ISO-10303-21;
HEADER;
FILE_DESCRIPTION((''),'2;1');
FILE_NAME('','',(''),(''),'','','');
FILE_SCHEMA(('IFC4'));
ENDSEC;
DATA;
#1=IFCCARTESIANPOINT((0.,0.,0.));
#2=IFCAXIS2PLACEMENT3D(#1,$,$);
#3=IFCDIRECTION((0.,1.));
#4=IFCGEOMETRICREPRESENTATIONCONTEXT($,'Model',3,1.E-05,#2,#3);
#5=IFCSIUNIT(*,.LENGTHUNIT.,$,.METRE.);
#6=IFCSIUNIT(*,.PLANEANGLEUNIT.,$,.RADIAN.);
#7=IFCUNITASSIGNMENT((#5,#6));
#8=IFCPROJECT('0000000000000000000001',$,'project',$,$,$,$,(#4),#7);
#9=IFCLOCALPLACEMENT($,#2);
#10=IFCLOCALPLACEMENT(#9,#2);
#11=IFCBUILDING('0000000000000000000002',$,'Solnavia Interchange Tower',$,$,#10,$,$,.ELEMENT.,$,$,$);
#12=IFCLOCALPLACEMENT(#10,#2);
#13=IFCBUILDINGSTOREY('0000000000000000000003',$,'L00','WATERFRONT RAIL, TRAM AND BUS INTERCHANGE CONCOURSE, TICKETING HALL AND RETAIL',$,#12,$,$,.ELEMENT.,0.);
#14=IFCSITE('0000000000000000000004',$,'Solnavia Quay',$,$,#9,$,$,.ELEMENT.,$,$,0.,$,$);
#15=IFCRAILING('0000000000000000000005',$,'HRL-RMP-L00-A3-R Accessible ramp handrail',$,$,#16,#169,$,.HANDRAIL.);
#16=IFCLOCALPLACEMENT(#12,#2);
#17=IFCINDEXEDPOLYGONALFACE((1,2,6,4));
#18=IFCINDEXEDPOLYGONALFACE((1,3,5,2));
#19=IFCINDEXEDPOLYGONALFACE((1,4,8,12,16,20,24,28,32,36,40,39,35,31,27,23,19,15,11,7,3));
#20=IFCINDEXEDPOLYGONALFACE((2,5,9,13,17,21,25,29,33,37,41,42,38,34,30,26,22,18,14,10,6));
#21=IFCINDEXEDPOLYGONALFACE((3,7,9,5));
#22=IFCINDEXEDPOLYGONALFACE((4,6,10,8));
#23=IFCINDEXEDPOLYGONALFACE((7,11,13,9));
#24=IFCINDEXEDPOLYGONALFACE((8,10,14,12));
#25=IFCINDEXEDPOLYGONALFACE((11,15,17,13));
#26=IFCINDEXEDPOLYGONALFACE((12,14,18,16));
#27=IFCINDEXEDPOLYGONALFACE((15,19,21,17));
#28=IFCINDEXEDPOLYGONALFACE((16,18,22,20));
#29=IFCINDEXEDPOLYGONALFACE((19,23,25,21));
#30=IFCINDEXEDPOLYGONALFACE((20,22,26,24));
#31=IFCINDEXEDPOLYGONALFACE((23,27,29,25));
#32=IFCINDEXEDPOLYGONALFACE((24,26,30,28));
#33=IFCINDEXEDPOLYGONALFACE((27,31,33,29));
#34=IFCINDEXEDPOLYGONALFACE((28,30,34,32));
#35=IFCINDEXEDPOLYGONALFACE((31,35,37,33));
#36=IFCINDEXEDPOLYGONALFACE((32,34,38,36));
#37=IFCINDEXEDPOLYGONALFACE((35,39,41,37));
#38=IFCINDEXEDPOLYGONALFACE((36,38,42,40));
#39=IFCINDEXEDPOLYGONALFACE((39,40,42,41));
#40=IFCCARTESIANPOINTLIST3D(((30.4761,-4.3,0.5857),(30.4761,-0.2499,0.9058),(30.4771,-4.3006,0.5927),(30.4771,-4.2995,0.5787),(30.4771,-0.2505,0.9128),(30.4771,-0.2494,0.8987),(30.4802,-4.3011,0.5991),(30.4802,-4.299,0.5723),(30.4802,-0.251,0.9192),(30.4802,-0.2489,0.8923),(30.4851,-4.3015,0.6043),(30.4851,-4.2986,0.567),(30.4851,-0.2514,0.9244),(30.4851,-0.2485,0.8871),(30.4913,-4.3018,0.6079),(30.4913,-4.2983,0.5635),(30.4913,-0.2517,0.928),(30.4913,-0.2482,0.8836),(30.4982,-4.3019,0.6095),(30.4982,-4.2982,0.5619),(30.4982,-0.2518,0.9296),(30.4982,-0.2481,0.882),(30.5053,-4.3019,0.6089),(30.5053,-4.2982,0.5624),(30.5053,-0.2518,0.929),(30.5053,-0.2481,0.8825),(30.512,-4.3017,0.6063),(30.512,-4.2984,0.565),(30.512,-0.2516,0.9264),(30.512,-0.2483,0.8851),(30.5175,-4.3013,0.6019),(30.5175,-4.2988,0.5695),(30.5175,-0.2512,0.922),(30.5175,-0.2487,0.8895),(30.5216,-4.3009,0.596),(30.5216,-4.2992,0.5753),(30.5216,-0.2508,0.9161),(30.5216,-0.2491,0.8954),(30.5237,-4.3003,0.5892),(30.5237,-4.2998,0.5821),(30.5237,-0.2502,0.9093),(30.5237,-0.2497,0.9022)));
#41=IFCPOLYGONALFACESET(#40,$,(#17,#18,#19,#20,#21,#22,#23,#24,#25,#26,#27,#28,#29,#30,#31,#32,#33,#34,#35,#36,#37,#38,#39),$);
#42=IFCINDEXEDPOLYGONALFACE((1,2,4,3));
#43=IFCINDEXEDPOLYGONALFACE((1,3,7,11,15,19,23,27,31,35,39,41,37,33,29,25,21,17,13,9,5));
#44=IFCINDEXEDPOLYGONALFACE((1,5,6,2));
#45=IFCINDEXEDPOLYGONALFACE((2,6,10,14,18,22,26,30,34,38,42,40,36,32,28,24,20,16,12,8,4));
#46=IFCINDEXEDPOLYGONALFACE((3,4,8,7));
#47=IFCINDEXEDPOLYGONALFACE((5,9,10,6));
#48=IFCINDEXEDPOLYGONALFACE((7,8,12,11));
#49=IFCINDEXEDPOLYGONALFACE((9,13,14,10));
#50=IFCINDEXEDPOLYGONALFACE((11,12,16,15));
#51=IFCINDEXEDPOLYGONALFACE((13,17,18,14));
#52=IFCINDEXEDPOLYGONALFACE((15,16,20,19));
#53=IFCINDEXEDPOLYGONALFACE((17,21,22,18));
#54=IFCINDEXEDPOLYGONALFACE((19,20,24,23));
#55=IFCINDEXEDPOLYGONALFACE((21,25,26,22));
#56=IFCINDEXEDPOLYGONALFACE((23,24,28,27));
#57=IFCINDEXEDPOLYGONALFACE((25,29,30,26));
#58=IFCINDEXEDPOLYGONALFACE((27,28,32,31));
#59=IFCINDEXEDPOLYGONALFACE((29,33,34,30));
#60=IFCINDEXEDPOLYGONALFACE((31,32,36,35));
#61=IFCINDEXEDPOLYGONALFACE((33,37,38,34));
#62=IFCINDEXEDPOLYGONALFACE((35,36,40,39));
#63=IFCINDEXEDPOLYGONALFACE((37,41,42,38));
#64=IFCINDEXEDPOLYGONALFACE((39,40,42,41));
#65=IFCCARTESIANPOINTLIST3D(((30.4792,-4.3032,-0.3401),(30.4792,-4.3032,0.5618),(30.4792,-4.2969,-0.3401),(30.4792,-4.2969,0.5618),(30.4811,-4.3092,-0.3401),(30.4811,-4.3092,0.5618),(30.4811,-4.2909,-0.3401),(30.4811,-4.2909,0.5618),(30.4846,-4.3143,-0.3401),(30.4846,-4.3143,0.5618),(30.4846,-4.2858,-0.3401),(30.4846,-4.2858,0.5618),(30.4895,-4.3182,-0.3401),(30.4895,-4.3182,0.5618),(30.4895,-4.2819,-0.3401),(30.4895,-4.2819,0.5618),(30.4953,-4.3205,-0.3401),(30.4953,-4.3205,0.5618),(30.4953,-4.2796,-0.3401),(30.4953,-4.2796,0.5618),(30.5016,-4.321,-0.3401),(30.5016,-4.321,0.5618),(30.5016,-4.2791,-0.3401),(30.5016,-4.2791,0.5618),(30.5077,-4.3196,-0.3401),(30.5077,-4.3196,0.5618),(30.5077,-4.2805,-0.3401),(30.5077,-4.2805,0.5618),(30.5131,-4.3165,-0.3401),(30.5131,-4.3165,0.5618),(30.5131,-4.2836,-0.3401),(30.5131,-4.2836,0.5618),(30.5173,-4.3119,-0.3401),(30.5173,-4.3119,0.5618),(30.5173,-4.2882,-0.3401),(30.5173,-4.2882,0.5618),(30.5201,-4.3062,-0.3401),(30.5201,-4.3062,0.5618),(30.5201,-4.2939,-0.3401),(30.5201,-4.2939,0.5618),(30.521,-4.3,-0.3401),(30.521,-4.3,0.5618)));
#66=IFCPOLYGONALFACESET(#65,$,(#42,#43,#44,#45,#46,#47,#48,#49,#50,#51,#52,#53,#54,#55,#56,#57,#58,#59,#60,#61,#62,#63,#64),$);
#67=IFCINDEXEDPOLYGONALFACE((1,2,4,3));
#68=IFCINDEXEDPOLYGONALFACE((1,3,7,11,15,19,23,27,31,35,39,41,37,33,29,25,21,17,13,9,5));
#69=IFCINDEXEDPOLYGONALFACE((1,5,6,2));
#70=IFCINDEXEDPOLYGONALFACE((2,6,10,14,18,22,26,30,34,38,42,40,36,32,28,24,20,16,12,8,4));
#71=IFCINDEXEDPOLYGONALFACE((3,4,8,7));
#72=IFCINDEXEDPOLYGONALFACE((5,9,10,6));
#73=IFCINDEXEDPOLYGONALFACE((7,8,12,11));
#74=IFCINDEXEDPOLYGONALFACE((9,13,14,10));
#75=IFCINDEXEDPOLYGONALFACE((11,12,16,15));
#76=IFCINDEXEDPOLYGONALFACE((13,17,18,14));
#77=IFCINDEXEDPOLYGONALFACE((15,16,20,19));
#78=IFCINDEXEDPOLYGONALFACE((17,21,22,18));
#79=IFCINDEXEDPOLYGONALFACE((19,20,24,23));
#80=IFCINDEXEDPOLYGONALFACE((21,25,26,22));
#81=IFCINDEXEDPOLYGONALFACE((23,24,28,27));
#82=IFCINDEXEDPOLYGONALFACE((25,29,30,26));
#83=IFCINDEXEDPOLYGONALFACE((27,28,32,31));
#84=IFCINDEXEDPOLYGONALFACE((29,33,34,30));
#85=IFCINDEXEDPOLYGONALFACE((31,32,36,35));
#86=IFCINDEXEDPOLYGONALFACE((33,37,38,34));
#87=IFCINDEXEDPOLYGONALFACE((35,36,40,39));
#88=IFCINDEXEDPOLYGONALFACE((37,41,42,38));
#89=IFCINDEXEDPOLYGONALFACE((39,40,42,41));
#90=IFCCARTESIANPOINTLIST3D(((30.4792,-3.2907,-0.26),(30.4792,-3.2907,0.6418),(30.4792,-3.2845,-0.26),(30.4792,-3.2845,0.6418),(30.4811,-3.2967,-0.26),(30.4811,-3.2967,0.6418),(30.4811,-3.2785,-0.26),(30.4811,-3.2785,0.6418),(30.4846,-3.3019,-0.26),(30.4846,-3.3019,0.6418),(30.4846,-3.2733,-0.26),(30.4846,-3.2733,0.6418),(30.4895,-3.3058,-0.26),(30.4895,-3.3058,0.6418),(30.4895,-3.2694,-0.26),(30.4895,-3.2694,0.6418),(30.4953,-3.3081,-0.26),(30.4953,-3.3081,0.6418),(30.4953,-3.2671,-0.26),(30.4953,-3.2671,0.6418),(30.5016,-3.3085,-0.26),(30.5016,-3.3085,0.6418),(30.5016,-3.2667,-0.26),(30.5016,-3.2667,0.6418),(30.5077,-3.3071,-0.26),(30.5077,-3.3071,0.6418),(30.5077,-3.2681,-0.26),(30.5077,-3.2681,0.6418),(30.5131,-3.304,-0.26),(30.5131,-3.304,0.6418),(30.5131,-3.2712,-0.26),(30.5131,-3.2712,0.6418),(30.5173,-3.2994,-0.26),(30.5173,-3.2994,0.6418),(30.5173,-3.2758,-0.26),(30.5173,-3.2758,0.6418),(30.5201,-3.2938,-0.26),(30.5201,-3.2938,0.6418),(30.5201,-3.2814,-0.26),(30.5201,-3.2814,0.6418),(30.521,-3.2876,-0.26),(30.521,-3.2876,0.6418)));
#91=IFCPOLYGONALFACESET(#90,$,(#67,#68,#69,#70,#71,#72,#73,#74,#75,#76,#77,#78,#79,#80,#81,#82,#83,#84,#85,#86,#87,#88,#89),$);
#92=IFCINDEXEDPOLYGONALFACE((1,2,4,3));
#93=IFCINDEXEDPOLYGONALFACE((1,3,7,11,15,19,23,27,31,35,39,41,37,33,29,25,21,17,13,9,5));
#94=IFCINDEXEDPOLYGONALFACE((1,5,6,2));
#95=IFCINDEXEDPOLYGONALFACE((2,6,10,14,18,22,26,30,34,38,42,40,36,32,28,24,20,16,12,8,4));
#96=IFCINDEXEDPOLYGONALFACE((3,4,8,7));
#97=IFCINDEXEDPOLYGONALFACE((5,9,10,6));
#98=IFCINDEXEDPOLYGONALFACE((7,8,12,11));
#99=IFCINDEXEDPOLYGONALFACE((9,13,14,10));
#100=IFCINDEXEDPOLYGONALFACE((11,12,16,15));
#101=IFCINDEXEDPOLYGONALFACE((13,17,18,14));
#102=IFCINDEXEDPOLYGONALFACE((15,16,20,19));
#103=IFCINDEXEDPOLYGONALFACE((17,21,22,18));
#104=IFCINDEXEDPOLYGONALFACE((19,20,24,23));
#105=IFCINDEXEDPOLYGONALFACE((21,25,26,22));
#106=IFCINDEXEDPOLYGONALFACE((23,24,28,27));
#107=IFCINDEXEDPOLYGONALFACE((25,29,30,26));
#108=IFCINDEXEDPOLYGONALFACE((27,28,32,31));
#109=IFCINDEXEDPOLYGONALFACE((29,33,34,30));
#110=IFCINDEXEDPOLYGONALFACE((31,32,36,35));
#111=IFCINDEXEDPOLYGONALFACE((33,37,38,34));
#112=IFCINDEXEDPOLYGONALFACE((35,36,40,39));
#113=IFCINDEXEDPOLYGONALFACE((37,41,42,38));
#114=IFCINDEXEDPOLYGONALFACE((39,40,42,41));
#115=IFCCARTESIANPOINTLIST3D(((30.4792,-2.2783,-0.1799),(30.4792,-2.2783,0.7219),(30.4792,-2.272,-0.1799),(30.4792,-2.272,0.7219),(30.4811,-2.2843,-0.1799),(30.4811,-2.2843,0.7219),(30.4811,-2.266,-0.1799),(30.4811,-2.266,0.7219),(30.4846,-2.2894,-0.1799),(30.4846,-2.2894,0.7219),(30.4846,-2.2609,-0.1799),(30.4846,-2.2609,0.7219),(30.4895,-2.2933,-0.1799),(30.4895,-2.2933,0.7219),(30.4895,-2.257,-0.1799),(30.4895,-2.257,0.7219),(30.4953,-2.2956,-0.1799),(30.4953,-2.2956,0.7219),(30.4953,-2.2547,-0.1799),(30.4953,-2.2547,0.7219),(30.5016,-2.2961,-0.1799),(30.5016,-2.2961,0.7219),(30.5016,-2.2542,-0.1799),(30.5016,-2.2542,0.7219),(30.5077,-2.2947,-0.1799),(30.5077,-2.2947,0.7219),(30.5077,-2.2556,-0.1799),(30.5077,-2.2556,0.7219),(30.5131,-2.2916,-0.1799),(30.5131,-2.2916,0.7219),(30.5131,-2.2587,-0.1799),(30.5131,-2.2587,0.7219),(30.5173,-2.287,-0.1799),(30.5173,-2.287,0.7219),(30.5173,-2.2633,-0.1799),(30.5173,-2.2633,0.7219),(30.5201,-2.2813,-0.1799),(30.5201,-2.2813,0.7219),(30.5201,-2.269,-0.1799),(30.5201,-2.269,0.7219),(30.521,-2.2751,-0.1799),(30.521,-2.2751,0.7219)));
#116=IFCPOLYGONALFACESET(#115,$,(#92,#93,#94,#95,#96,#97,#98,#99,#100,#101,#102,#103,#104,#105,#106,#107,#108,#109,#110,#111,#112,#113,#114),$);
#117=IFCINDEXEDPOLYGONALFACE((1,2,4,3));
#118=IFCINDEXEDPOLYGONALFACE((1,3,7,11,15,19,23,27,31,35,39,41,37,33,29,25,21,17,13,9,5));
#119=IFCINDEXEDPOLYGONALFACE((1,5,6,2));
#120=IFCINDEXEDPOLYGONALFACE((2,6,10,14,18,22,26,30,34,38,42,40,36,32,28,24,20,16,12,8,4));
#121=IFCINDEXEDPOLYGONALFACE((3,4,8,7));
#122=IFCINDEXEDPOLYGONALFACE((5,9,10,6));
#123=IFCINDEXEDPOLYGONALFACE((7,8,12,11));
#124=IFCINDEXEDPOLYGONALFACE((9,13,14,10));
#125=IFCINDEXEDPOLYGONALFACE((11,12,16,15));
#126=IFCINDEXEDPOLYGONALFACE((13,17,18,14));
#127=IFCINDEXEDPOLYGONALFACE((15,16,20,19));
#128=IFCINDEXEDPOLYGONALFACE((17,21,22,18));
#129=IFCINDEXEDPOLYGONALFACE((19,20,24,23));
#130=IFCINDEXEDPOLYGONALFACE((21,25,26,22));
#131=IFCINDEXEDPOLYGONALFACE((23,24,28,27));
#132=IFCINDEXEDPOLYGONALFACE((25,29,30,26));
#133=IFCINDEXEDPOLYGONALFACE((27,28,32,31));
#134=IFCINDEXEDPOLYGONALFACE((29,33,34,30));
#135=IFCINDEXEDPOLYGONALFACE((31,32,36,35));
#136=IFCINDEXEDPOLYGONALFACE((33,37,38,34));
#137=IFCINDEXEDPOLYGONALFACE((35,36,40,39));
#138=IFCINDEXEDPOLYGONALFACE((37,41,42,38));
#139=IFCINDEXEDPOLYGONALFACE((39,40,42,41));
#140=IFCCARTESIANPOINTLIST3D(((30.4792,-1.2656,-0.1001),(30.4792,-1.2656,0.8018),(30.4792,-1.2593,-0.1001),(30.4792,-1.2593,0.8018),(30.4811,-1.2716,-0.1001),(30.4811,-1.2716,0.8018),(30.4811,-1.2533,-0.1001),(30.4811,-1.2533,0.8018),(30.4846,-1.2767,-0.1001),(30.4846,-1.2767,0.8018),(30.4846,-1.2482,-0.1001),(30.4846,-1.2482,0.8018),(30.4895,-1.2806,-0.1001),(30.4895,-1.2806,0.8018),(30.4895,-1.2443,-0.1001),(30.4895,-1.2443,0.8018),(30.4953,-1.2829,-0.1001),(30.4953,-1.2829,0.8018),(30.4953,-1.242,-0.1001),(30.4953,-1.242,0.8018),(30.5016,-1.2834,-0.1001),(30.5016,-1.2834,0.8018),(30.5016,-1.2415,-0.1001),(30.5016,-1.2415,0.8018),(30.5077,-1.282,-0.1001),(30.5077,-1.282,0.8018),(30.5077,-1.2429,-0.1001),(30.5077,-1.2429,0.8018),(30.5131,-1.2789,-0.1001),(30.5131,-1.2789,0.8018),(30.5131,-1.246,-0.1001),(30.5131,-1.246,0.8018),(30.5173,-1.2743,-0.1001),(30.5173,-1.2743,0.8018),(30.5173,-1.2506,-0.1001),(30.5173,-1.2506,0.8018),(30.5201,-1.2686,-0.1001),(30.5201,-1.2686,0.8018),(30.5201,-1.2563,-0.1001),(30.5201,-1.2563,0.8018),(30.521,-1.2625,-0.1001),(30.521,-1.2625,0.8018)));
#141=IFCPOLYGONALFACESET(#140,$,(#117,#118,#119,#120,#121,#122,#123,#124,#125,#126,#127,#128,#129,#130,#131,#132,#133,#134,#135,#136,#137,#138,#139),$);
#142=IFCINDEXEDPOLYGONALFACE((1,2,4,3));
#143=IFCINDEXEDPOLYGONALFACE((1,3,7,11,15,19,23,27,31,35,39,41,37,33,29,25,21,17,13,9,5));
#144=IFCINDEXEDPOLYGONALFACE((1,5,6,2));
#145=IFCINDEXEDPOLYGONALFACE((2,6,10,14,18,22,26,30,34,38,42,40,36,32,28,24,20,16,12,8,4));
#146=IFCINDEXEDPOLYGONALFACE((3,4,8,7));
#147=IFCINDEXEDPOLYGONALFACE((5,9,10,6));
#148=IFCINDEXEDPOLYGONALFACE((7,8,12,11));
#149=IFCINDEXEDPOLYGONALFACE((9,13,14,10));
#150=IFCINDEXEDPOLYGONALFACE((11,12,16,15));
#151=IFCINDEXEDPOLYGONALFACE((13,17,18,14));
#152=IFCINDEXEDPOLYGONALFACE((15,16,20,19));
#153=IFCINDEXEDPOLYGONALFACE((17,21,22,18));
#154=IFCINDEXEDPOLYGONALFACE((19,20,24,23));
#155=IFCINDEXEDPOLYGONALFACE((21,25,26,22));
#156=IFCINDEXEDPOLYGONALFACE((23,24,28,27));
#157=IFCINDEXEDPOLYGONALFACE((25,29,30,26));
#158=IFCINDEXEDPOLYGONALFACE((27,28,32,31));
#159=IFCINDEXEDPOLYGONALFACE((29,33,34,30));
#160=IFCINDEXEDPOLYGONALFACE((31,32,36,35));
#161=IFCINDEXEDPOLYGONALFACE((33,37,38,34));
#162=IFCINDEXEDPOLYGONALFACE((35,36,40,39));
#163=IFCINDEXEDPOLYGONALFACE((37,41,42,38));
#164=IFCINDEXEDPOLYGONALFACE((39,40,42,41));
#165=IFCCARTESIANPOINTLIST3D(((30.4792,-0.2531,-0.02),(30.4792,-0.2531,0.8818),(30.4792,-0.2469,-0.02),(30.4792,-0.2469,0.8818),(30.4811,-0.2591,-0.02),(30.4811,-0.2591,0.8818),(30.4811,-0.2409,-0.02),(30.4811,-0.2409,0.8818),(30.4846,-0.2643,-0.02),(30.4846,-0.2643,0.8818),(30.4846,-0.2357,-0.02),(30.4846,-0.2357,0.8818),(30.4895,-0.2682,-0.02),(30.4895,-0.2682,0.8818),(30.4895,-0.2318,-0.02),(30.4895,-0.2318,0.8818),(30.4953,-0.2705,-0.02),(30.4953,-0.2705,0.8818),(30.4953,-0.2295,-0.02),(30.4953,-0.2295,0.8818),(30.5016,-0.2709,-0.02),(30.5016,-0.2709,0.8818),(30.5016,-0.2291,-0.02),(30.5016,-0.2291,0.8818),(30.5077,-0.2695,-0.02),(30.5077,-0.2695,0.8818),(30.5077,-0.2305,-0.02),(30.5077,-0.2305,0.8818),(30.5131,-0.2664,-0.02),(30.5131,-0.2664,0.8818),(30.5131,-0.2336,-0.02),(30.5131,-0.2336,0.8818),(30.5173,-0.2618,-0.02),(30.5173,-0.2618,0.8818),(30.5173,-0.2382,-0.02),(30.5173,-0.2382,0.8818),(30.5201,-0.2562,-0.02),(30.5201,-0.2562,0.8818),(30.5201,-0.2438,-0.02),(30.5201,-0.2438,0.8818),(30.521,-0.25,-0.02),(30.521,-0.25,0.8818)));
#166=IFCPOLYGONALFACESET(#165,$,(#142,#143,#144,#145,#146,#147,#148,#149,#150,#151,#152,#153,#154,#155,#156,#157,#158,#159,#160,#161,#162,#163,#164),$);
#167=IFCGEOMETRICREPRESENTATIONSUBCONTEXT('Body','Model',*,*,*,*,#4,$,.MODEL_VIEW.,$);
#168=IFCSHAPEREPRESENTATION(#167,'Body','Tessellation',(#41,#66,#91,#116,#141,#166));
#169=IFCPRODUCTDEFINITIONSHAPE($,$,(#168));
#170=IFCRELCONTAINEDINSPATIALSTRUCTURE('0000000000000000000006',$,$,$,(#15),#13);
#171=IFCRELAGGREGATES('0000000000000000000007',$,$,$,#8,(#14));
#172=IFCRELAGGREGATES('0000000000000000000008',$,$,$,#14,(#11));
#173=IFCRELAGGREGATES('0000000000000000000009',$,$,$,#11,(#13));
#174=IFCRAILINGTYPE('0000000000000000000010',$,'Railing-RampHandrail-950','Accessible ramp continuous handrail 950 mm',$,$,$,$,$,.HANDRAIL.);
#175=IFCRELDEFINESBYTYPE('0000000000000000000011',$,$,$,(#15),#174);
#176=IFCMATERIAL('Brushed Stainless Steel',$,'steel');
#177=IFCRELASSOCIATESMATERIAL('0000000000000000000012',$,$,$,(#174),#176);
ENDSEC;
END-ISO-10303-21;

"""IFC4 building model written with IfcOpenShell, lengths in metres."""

from ifc_helpers import new_model, si_unit, direction, frame, origin, origin_2d, place, context, subcontext, project, spatial, circle, extrude, material, type_object, element, save


model = new_model("IFC4")

# Units and contexts
model_context = context("Model", 3, precision=1e-05, world=origin(), true_north=direction((0.0, 1.0)))
body_context = subcontext(model_context, "Body", "Model", "MODEL_VIEW")
ifc_project = project(units=[si_unit("LENGTHUNIT", "METRE"), si_unit("PLANEANGLEUNIT", "RADIAN")], contexts=[model_context])

# Site, building, storey
site_placement = place(None, origin())
site = spatial("IfcSite", under=ifc_project, at=site_placement, Name="Solnavia Quay", CompositionType="ELEMENT", RefElevation=0.0)
building_placement = place(site_placement, origin())
building = spatial("IfcBuilding", under=site, at=building_placement, Name="Solnavia Interchange Tower", CompositionType="ELEMENT")
storey_placement = place(building_placement, origin())
storey = spatial("IfcBuildingStorey", under=building, at=storey_placement, Name="L00", Description="WATERFRONT RAIL, TRAM AND BUS INTERCHANGE CONCOURSE, TICKETING HALL AND RETAIL", CompositionType="ELEMENT", Elevation=0.0)

# Railing
ifc_material_1 = material(Name="Brushed Stainless Steel", Category="steel")
railing_type = type_object("IfcRailingType", Name="Railing-RampHandrail-950", Description="Accessible ramp continuous handrail 950 mm", PredefinedType="HANDRAIL", material=ifc_material_1)
railing_placement = place(storey_placement, frame((30.5, -4.3, -0.3401)))
element("IfcRailing", 1, at=railing_placement, inside=storey, type_object=railing_type, Name="HRL-RMP-L00-A3-R Accessible ramp handrail", PredefinedType="HANDRAIL", context=body_context, shape_type="SweptSolid", body=[
    extrude(circle(Radius=0.0239, at=origin_2d()), frame((0.0, 0.0, 0.9258), z_axis=(0.0, 0.996892, 0.078783), x_axis=(-1.0, 0.0, 0.0)), (0.0, 0.0, 1.0), 4.0627),
    extrude(circle(Radius=0.021, at=origin_2d()), origin(), (0.0, 0.0, 1.0), 0.9019),
    extrude(circle(Radius=0.021, at=origin_2d()), frame((0.0, 1.0125, 0.0801)), (0.0, 0.0, 1.0), 0.9019),
    extrude(circle(Radius=0.021, at=origin_2d()), frame((0.0, 2.0249, 0.1602)), (0.0, 0.0, 1.0), 0.9019),
    extrude(circle(Radius=0.021, at=origin_2d()), frame((0.0, 3.0376, 0.24)), (0.0, 0.0, 1.0), 0.9019),
    extrude(circle(Radius=0.021, at=origin_2d()), frame((0.0, 4.05, 0.3201)), (0.0, 0.0, 1.0), 0.9019),
])

save(model, "model.ifc")
